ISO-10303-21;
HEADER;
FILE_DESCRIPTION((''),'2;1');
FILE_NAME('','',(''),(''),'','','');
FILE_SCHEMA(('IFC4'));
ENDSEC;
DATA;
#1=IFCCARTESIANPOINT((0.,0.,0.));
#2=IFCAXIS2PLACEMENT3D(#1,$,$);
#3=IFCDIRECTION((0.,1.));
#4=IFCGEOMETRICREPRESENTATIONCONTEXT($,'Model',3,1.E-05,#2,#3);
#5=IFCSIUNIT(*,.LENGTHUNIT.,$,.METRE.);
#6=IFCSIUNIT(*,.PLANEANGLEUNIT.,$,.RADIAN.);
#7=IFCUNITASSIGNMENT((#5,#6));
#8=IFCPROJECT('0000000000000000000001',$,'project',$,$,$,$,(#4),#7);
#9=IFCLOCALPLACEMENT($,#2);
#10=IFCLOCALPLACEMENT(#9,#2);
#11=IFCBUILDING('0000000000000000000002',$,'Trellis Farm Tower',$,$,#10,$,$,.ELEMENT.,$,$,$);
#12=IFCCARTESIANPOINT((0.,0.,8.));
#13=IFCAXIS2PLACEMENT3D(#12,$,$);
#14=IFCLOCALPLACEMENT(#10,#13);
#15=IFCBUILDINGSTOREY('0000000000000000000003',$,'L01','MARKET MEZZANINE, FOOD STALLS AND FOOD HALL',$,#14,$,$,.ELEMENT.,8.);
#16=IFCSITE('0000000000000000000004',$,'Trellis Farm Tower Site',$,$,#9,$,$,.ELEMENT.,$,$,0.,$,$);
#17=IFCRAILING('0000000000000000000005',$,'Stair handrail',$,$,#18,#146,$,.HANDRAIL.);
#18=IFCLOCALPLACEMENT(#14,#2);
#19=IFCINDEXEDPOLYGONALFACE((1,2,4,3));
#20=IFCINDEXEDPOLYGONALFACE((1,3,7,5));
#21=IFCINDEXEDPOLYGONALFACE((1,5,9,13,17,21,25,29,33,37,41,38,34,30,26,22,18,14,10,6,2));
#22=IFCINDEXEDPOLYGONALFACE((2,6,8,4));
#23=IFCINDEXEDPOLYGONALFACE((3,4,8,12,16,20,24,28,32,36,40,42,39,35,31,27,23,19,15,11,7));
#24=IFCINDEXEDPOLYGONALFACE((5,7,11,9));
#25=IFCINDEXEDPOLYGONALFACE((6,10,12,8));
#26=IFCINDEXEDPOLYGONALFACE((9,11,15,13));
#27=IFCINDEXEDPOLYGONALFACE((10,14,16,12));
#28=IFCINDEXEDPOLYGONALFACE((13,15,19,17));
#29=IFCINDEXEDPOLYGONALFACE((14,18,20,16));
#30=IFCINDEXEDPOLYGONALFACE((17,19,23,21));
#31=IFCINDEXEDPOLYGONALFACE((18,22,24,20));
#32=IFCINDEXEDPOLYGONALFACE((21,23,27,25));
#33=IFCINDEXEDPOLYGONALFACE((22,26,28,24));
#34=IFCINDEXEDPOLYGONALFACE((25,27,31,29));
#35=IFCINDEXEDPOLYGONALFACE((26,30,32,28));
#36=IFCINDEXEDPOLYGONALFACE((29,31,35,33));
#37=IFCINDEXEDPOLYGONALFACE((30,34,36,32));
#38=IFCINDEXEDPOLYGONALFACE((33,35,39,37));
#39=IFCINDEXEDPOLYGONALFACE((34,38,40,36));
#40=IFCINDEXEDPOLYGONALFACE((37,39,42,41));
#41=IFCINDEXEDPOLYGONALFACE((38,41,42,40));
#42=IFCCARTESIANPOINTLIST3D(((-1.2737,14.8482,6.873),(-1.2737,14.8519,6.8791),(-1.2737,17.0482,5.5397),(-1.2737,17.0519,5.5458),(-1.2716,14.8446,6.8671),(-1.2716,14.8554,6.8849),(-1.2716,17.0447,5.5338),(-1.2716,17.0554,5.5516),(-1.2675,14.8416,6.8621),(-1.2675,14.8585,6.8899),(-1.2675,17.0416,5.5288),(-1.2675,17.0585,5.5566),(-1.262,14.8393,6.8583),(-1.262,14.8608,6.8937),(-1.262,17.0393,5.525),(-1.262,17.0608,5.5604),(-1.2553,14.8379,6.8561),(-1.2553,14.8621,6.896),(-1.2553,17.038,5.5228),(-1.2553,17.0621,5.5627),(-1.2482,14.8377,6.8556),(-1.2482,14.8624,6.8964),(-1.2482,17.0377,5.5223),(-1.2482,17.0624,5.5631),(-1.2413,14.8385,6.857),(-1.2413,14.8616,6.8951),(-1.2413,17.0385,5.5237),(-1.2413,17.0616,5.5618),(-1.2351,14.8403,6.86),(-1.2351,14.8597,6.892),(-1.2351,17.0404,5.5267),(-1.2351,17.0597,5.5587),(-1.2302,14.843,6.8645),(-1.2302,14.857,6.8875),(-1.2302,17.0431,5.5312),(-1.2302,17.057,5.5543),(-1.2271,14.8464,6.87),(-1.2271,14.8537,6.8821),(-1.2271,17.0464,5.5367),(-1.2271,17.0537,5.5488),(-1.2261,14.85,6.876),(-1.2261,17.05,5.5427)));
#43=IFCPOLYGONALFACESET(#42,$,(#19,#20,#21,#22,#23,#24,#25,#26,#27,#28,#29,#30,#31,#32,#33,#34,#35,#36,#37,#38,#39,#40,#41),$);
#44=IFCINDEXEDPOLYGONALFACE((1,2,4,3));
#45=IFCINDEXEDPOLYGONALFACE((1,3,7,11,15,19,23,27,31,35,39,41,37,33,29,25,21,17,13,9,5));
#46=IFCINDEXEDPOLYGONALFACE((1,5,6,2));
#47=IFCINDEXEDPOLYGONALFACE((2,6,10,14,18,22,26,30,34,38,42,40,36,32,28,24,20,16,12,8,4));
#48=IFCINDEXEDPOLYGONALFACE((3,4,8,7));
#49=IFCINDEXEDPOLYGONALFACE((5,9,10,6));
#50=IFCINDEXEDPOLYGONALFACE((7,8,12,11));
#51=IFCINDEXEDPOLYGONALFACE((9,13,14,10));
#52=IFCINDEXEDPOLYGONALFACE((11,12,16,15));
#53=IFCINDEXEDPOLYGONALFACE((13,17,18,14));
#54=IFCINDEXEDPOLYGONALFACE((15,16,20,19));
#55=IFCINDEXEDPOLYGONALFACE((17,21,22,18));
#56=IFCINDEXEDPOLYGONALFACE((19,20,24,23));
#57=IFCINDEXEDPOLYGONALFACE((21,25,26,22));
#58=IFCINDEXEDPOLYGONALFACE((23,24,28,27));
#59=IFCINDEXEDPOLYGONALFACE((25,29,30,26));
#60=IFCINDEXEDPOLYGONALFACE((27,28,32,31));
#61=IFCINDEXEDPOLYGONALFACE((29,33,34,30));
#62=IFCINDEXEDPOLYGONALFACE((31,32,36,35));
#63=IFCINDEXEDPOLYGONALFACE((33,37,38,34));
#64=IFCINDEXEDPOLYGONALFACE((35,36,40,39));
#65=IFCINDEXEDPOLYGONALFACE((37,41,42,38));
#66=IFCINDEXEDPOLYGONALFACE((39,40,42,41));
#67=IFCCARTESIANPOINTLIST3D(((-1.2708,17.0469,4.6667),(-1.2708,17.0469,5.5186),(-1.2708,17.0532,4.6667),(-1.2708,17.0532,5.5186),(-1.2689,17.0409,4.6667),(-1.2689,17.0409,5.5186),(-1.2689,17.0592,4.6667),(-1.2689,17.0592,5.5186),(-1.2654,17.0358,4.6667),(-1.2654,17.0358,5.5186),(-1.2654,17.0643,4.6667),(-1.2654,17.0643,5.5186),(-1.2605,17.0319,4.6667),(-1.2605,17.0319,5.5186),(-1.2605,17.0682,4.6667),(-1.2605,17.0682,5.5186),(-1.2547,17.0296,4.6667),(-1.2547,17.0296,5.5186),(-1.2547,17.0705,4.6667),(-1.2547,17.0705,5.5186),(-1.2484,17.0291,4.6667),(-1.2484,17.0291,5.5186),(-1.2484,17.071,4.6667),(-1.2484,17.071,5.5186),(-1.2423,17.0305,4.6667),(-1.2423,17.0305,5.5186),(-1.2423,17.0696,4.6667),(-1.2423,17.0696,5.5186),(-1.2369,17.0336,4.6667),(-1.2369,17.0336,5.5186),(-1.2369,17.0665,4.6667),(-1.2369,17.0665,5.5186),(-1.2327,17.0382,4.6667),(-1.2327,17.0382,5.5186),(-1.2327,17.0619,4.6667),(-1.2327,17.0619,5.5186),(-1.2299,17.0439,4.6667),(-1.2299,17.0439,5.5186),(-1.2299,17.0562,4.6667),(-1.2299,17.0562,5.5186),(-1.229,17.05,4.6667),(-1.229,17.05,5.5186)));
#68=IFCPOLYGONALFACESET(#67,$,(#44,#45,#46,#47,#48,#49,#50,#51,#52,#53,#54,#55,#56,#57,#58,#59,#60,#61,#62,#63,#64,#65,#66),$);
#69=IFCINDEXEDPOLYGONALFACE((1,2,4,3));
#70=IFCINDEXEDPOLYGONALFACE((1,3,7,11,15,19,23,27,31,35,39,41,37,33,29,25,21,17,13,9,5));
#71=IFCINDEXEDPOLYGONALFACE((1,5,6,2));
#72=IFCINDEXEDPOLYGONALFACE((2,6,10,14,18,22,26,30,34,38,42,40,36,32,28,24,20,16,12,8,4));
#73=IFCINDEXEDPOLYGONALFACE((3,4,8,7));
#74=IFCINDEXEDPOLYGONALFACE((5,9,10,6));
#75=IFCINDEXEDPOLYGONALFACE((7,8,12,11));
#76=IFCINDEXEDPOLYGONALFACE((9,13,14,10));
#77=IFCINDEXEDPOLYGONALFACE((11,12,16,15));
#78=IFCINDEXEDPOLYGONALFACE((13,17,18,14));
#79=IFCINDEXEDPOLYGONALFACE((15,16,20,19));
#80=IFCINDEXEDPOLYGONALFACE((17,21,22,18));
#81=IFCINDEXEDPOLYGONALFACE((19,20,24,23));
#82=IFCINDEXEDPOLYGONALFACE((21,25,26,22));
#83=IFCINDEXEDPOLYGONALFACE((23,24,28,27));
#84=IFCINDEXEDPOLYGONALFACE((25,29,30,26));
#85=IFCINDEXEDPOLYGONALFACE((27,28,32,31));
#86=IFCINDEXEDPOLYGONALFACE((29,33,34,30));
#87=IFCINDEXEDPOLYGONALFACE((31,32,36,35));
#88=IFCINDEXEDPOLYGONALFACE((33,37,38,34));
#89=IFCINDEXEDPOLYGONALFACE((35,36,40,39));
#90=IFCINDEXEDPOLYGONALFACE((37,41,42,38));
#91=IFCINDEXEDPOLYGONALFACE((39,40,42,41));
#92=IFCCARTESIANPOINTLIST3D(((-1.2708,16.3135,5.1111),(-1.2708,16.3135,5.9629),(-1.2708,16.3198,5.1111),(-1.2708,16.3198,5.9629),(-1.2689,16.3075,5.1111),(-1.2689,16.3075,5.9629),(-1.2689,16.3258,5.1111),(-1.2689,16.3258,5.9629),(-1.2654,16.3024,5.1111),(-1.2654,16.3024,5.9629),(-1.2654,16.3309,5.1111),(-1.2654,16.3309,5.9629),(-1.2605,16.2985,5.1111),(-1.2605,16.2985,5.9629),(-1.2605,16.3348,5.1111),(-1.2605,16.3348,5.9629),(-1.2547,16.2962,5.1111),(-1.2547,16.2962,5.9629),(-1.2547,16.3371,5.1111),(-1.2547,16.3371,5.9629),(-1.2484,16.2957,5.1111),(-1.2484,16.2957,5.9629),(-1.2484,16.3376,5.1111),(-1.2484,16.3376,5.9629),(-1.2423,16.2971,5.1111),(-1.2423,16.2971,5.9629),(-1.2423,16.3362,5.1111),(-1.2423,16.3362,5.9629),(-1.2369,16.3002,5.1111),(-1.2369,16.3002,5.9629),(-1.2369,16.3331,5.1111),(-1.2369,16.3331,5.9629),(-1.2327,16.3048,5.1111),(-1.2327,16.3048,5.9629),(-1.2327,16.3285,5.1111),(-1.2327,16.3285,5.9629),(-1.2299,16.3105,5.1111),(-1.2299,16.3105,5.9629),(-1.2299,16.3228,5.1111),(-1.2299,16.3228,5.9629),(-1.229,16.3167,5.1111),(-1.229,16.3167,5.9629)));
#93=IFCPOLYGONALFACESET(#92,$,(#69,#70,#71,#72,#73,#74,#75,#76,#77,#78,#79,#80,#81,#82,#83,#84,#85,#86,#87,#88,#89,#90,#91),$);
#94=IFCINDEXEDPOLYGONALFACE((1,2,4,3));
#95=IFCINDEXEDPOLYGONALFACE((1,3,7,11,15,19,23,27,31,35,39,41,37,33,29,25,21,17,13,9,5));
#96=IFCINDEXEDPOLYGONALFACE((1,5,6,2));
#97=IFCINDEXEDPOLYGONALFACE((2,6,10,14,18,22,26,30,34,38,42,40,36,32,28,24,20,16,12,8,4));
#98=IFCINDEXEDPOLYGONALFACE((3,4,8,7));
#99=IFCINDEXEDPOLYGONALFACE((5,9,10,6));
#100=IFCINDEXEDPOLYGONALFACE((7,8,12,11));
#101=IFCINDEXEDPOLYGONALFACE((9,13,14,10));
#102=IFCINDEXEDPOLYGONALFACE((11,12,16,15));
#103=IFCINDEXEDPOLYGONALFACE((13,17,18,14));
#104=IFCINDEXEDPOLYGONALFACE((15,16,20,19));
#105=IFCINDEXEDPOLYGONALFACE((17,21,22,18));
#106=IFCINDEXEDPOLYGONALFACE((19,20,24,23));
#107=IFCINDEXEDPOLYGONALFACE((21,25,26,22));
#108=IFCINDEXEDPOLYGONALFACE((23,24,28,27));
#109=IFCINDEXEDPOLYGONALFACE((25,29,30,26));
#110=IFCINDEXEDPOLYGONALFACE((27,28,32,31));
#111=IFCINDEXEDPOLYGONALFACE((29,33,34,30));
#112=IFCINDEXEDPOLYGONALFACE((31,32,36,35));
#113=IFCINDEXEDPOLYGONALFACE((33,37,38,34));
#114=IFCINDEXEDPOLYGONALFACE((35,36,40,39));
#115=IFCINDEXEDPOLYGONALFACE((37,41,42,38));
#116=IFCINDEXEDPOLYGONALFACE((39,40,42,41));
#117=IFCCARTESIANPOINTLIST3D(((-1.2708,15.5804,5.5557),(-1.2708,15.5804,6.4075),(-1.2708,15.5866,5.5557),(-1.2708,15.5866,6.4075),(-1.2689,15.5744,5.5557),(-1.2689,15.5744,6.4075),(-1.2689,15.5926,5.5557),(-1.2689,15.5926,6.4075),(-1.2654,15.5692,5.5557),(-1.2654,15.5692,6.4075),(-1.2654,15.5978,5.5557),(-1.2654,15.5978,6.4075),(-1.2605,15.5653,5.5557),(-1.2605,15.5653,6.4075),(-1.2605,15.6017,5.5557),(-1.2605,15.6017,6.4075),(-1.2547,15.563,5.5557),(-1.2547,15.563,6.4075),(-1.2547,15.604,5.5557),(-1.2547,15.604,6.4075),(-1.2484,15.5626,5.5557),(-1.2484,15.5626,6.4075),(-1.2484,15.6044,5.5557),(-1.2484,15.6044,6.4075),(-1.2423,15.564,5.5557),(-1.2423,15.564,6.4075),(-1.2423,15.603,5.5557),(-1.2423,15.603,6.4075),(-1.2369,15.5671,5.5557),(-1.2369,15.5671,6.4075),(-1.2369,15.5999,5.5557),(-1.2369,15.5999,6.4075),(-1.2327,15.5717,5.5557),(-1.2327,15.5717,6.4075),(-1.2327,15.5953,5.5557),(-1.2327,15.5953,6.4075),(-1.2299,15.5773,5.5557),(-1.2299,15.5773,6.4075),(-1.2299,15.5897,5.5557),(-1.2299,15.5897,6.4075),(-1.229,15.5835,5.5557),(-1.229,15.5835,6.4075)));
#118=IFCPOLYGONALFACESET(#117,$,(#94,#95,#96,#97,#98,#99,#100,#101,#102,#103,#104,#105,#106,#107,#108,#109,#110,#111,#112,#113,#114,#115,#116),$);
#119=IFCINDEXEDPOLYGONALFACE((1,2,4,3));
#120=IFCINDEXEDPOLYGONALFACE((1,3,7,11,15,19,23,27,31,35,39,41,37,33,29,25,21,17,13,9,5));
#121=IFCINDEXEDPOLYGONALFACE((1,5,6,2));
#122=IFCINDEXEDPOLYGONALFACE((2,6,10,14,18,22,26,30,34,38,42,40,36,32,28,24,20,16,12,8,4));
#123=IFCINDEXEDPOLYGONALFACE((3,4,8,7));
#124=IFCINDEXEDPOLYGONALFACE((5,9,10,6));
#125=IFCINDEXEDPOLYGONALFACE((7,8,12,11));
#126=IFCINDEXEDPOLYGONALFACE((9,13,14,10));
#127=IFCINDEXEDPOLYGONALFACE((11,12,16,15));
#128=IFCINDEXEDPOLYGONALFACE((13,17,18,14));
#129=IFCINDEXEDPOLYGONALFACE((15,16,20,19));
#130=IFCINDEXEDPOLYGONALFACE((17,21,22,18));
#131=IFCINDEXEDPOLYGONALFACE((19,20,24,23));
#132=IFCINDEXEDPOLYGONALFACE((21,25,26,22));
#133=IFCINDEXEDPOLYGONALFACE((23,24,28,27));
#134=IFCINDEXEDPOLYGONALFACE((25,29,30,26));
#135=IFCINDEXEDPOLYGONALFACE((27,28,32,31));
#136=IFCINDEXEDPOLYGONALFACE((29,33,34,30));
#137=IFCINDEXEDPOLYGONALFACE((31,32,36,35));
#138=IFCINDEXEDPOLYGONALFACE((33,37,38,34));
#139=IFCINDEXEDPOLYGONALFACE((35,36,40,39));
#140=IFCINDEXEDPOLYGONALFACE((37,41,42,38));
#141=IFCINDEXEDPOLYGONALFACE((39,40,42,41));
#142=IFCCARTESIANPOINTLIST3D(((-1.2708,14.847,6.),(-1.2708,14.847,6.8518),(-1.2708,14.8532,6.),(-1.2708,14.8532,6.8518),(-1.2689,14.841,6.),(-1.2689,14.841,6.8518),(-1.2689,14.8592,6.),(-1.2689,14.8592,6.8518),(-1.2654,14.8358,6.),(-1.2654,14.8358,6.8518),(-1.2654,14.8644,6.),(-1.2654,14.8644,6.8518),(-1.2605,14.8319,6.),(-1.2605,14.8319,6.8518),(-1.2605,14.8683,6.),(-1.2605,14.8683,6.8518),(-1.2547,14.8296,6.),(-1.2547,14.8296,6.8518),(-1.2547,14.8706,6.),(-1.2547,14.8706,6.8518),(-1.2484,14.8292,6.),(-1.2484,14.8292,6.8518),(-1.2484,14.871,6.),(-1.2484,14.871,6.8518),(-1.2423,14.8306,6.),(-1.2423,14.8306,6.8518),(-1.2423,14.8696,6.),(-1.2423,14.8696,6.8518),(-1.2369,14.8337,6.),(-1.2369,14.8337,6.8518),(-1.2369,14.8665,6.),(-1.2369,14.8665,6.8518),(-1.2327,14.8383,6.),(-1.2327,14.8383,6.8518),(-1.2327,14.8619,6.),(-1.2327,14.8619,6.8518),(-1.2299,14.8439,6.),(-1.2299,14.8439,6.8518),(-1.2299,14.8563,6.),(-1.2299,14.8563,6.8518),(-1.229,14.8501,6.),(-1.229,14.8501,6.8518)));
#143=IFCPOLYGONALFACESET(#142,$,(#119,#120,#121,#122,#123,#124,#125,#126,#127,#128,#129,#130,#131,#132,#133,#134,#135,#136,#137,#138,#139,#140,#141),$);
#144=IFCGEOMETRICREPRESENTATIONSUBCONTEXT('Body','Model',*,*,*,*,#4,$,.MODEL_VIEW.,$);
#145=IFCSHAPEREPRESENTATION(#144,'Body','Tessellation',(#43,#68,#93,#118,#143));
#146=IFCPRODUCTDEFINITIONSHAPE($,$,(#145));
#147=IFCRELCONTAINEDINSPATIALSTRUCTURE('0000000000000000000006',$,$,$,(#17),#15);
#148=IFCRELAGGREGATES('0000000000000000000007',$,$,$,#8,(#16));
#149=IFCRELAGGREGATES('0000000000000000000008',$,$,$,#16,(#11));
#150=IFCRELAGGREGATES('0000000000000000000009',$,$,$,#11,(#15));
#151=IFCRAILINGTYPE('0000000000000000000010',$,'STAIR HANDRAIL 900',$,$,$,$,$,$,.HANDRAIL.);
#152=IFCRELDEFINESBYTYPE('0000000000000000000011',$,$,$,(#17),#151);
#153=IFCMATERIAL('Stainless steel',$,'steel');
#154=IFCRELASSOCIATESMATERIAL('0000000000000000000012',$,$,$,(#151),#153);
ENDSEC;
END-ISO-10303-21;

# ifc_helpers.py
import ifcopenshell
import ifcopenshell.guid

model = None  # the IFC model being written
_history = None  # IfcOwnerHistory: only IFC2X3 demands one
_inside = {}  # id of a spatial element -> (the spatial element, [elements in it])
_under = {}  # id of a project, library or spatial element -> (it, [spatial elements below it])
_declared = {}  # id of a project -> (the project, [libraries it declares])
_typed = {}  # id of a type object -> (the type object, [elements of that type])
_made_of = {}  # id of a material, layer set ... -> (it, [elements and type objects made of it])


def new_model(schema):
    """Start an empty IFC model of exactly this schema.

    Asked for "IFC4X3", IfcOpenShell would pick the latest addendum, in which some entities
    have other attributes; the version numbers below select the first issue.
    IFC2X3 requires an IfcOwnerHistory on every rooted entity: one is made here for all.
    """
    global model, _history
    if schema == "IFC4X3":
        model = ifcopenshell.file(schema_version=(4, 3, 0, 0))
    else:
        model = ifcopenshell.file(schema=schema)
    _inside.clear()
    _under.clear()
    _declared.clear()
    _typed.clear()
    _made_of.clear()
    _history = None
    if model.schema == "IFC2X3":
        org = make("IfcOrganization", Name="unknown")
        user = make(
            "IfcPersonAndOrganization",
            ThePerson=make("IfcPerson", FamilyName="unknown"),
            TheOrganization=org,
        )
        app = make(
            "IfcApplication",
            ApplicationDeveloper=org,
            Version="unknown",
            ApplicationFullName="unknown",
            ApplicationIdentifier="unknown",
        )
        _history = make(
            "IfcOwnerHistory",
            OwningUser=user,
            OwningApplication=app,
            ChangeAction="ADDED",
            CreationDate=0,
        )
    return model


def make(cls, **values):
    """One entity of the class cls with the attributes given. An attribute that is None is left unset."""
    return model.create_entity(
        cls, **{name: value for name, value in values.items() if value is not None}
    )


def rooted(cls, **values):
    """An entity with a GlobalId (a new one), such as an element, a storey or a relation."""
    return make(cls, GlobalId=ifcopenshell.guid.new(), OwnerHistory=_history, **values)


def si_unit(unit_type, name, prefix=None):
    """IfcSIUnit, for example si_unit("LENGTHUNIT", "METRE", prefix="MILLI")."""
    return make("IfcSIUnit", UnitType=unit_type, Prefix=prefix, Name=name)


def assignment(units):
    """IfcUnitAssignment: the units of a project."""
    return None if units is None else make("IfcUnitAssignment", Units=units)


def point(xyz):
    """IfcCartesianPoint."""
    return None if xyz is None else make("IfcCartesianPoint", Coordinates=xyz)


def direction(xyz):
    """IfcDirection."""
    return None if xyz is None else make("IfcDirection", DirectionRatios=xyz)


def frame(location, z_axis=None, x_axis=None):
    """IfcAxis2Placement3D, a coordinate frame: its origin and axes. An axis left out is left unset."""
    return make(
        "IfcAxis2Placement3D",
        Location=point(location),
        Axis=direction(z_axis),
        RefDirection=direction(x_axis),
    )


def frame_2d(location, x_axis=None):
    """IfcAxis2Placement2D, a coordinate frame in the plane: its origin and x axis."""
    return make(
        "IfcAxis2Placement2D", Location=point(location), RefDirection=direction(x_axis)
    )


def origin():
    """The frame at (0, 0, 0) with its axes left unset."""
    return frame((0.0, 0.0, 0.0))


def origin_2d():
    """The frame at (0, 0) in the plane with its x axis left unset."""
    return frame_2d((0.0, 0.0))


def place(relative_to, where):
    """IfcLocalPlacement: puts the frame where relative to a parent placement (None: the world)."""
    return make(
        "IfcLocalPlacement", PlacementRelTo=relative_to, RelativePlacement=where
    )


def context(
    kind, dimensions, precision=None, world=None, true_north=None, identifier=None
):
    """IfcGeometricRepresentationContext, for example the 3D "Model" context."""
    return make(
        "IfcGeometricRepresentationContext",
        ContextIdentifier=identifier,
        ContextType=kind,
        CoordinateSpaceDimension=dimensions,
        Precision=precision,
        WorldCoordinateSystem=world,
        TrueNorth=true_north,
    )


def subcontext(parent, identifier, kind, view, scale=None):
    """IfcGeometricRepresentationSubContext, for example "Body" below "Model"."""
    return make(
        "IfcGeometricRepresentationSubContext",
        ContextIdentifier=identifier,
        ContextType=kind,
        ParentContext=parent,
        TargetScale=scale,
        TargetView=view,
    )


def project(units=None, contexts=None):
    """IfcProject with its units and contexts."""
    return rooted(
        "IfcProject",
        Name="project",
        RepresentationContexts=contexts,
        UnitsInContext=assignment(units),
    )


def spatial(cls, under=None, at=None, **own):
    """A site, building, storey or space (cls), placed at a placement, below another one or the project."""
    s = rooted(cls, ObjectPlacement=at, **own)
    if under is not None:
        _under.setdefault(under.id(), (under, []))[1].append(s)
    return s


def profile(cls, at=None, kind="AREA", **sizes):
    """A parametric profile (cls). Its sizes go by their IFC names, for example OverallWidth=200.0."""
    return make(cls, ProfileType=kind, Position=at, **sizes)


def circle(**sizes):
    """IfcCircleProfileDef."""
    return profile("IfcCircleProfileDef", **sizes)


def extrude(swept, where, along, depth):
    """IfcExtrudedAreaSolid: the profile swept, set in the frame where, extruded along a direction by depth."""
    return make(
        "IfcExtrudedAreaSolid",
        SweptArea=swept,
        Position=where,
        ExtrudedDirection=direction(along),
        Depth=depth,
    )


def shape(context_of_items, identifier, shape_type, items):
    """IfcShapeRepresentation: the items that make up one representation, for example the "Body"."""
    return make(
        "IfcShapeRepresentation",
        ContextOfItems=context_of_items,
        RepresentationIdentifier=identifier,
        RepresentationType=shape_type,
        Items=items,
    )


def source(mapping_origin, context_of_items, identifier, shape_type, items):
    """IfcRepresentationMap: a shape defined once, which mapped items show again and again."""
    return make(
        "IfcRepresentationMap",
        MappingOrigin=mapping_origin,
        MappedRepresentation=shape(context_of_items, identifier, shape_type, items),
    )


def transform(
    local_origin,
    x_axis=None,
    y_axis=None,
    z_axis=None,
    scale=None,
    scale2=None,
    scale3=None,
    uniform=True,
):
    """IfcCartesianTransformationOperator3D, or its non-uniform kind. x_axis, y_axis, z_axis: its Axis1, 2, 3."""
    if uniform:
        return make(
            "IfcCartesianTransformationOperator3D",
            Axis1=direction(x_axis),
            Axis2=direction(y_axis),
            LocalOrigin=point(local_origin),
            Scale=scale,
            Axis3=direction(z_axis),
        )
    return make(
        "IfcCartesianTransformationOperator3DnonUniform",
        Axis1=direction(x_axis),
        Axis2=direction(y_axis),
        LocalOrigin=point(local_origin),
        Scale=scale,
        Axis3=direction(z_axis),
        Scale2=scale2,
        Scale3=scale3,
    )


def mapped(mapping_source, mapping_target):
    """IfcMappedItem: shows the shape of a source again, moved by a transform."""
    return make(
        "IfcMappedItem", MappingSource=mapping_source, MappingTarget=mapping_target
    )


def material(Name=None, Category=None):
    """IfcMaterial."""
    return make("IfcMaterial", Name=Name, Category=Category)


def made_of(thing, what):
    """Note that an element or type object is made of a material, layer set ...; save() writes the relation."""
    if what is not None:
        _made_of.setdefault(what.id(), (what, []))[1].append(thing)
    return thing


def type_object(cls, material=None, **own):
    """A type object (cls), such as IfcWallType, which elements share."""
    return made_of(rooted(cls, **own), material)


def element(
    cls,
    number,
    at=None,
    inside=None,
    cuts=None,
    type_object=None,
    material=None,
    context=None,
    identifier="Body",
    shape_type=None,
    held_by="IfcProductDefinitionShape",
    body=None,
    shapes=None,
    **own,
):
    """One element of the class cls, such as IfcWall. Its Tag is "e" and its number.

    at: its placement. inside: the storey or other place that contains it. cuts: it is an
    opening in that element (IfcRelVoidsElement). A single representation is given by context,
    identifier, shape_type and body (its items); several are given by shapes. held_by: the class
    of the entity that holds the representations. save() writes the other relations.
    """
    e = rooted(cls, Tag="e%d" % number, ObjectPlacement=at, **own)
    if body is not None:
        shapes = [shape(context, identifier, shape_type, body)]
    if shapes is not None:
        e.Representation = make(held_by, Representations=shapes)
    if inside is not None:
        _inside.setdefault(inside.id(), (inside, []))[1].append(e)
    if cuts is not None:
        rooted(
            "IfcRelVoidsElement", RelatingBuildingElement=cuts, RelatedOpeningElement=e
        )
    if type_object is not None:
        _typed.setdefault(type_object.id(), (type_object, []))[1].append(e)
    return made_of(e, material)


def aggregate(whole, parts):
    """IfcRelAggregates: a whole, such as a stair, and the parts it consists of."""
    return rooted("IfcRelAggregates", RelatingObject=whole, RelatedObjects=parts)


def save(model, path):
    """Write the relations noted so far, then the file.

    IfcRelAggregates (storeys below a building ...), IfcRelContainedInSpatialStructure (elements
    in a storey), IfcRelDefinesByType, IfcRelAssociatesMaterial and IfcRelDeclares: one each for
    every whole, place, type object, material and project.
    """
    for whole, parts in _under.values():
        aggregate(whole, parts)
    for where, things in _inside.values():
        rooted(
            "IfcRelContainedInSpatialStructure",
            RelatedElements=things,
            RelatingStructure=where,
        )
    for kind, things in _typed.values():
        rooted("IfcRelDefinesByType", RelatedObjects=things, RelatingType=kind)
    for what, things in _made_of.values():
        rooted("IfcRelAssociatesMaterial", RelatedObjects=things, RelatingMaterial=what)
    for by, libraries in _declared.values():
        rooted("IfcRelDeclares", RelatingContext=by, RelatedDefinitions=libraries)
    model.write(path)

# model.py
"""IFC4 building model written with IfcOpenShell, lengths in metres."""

from ifc_helpers import new_model, si_unit, direction, frame, origin, origin_2d, place, context, subcontext, project, spatial, circle, extrude, source, transform, mapped, material, type_object, element, save


model = new_model("IFC4")

# Units and contexts
model_context = context("Model", 3, precision=1e-05, world=origin(), true_north=direction((0.0, 1.0)))
body_context = subcontext(model_context, "Body", "Model", "MODEL_VIEW")
ifc_project = project(units=[si_unit("LENGTHUNIT", "METRE"), si_unit("PLANEANGLEUNIT", "RADIAN")], contexts=[model_context])

# Site, building, storey
site_placement = place(None, origin())
site = spatial("IfcSite", under=ifc_project, at=site_placement, Name="Trellis Farm Tower Site", CompositionType="ELEMENT", RefElevation=0.0)
building_placement = place(site_placement, origin())
building = spatial("IfcBuilding", under=site, at=building_placement, Name="Trellis Farm Tower", CompositionType="ELEMENT")
storey_placement = place(building_placement, frame((0.0, 0.0, 8.0)))
storey = spatial("IfcBuildingStorey", under=building, at=storey_placement, Name="L01", Description="MARKET MEZZANINE, FOOD STALLS AND FOOD HALL", CompositionType="ELEMENT", Elevation=8.0)

# Railing
ifc_material_1 = material(Name="Stainless steel", Category="steel")
railing_type = type_object("IfcRailingType", Name="STAIR HANDRAIL 900", PredefinedType="HANDRAIL", material=ifc_material_1)
shared_shape_1 = source(origin(), body_context, "Body", "SweptSolid", [
    extrude(circle(Radius=0.0239, at=origin_2d()), frame((0.0, 0.0, 0.876), z_axis=(0.0, -0.855207, 0.518287), x_axis=(1.0, 0.0, 0.0)), (0.0, 0.0, 1.0), 2.5725),
    extrude(circle(Radius=0.021, at=origin_2d()), origin(), (0.0, 0.0, 1.0), 0.8518),
    extrude(circle(Radius=0.021, at=origin_2d()), frame((0.0, -0.7334, 0.4443)), (0.0, 0.0, 1.0), 0.8518),
    extrude(circle(Radius=0.021, at=origin_2d()), frame((0.0, -1.4666, 0.8889)), (0.0, 0.0, 1.0), 0.8518),
    extrude(circle(Radius=0.021, at=origin_2d()), frame((0.0, -2.2, 1.3333)), (0.0, 0.0, 1.0), 0.8518),
])
for number, where, name in (
    (1, (-1.25, 17.05, 4.6667), "Stair handrail"),
):
    element("IfcRailing", number, at=place(storey_placement, frame(where)), inside=storey, type_object=railing_type, Name=name, PredefinedType="HANDRAIL", context=body_context, shape_type="MappedRepresentation", body=[
        mapped(shared_shape_1, transform((0.0, 0.0, 0.0))),
    ])

save(model, "model.ifc")
